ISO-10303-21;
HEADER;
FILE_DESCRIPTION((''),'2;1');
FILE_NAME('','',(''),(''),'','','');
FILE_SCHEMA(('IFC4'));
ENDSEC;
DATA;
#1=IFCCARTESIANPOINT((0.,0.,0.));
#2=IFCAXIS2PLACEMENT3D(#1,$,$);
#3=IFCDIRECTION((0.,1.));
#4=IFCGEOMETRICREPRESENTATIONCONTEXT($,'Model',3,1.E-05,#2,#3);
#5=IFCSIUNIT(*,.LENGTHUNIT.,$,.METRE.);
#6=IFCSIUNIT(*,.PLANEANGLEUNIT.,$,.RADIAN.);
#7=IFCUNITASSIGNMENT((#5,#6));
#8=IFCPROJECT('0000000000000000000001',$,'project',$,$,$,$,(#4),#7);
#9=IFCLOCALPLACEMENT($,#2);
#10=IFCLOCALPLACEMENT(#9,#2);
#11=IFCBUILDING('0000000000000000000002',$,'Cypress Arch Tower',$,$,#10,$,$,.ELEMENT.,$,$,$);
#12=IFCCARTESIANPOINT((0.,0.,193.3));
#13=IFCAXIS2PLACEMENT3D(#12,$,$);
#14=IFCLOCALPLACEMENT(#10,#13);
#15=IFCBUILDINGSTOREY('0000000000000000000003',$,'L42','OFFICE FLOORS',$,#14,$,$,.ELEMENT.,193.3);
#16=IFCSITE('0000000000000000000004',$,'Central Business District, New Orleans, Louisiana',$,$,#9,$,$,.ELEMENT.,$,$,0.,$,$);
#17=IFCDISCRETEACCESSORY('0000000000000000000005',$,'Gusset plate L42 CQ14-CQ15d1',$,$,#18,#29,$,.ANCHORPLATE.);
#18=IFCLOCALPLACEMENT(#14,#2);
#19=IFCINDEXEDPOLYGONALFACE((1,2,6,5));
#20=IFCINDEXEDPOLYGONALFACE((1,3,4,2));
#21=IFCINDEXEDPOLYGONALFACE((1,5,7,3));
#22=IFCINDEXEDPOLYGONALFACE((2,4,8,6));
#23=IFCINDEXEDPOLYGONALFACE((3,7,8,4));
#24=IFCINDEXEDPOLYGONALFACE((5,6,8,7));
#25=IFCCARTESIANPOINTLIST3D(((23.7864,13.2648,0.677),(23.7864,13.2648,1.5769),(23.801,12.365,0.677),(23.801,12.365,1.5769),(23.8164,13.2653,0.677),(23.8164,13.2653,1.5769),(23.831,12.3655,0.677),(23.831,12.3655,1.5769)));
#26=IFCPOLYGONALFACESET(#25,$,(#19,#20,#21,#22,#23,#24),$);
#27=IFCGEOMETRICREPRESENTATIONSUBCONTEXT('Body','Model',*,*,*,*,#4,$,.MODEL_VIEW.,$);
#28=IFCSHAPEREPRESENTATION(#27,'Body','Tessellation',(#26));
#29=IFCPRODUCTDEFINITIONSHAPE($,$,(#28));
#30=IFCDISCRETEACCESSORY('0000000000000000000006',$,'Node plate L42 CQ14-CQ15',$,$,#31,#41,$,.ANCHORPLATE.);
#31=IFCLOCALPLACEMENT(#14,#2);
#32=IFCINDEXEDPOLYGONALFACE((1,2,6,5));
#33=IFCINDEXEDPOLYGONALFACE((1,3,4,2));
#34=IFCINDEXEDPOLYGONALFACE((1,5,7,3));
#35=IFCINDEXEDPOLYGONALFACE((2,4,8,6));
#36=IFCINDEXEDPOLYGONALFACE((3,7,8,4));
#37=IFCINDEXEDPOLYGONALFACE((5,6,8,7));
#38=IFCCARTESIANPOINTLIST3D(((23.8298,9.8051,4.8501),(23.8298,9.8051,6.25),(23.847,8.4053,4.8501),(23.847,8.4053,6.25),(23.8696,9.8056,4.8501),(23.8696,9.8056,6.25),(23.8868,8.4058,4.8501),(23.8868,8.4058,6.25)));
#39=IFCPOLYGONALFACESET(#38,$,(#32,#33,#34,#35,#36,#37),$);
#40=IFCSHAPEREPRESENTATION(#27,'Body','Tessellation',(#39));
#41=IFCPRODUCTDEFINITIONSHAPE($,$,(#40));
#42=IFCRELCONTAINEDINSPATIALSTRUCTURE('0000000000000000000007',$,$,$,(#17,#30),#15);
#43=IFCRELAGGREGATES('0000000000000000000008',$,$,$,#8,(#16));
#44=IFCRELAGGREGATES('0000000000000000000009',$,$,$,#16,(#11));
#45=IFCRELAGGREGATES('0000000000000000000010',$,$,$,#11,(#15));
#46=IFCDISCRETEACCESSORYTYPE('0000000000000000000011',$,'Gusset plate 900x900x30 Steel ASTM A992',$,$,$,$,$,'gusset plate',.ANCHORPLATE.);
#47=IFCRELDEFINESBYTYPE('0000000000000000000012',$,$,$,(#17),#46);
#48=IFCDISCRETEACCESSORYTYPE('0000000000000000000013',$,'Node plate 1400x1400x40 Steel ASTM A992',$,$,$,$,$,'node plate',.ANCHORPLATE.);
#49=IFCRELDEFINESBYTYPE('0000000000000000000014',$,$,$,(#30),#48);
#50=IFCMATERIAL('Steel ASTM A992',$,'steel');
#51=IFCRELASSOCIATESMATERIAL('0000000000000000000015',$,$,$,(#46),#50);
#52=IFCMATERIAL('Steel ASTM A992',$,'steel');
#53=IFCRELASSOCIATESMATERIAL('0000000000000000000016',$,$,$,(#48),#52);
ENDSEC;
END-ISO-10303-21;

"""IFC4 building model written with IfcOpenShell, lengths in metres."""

from ifc_helpers import new_model, si_unit, direction, frame, origin, origin_2d, place, context, subcontext, project, spatial, rectangle, extrude, material, material_profile, profile_set, type_object, element, save


model = new_model("IFC4")

# Units and contexts
model_context = context("Model", 3, precision=1e-05, world=origin(), true_north=direction((0.0, 1.0)))
body_context = subcontext(model_context, "Body", "Model", "MODEL_VIEW")
ifc_project = project(units=[si_unit("LENGTHUNIT", "METRE"), si_unit("PLANEANGLEUNIT", "RADIAN")], contexts=[model_context])

# Site, building, storey
site_placement = place(None, origin())
site = spatial("IfcSite", under=ifc_project, at=site_placement, Name="Central Business District, New Orleans, Louisiana", CompositionType="ELEMENT", RefElevation=0.0)
building_placement = place(site_placement, origin())
building = spatial("IfcBuilding", under=site, at=building_placement, Name="Cypress Arch Tower", CompositionType="ELEMENT")
storey_placement = place(building_placement, frame((0.0, 0.0, 193.3)))
storey = spatial("IfcBuildingStorey", under=building, at=storey_placement, Name="L42", Description="OFFICE FLOORS", CompositionType="ELEMENT", Elevation=193.3)

# Discrete accessories
ifc_material_1 = material(Name="Steel ASTM A992", Category="steel")
ifc_material_profile_1 = material_profile(ifc_material_1, rectangle(XDim=0.8999, YDim=0.8999, at=origin_2d()), Name="PL 30 900x900")
ifc_profile_set_1 = profile_set([ifc_material_profile_1], Name="Steel ASTM A992")
discrete_accessory_type_1 = type_object("IfcDiscreteAccessoryType", Name="Gusset plate 900x900x30 Steel ASTM A992", ElementType="gusset plate", PredefinedType="ANCHORPLATE", material=ifc_profile_set_1)
for number, where, z_axis, x_axis, name in (
    (1, (23.8237, 12.8154, 1.127), (-0.999868, -0.016258, 0.0), (0.016258, -0.999868, 0.0), "Gusset plate L42 CQ14-CQ15d1"),
):
    element("IfcDiscreteAccessory", number, at=place(storey_placement, frame(where, z_axis=z_axis, x_axis=x_axis)), inside=storey, type_object=discrete_accessory_type_1, Name=name, PredefinedType="ANCHORPLATE", context=body_context, shape_type="SweptSolid", body=[
        extrude(rectangle(XDim=0.8999, YDim=0.8999, at=origin_2d()), origin(), (0.0, 0.0, 1.0), 0.03),
    ])
ifc_material_2 = material(Name="Steel ASTM A992", Category="steel")
ifc_material_profile_2 = material_profile(ifc_material_2, rectangle(XDim=1.3999, YDim=1.3999, at=origin_2d()), Name="PL 40 1400x1400")
ifc_profile_set_2 = profile_set([ifc_material_profile_2], Name="Steel ASTM A992")
discrete_accessory_type_2 = type_object("IfcDiscreteAccessoryType", Name="Node plate 1400x1400x40 Steel ASTM A992", ElementType="node plate", PredefinedType="ANCHORPLATE", material=ifc_profile_set_2)
discrete_accessory_placement = place(storey_placement, frame((23.8782, 9.1057, 5.55), z_axis=(-0.999925, -0.012269, 0.0), x_axis=(0.012269, -0.999925, 0.0)))
element("IfcDiscreteAccessory", 2, at=discrete_accessory_placement, inside=storey, type_object=discrete_accessory_type_2, Name="Node plate L42 CQ14-CQ15", PredefinedType="ANCHORPLATE", context=body_context, shape_type="SweptSolid", body=[
    extrude(rectangle(XDim=1.3999, YDim=1.3999, at=origin_2d()), origin(), (0.0, 0.0, 1.0), 0.0398),
])

save(model, "model.ifc")
